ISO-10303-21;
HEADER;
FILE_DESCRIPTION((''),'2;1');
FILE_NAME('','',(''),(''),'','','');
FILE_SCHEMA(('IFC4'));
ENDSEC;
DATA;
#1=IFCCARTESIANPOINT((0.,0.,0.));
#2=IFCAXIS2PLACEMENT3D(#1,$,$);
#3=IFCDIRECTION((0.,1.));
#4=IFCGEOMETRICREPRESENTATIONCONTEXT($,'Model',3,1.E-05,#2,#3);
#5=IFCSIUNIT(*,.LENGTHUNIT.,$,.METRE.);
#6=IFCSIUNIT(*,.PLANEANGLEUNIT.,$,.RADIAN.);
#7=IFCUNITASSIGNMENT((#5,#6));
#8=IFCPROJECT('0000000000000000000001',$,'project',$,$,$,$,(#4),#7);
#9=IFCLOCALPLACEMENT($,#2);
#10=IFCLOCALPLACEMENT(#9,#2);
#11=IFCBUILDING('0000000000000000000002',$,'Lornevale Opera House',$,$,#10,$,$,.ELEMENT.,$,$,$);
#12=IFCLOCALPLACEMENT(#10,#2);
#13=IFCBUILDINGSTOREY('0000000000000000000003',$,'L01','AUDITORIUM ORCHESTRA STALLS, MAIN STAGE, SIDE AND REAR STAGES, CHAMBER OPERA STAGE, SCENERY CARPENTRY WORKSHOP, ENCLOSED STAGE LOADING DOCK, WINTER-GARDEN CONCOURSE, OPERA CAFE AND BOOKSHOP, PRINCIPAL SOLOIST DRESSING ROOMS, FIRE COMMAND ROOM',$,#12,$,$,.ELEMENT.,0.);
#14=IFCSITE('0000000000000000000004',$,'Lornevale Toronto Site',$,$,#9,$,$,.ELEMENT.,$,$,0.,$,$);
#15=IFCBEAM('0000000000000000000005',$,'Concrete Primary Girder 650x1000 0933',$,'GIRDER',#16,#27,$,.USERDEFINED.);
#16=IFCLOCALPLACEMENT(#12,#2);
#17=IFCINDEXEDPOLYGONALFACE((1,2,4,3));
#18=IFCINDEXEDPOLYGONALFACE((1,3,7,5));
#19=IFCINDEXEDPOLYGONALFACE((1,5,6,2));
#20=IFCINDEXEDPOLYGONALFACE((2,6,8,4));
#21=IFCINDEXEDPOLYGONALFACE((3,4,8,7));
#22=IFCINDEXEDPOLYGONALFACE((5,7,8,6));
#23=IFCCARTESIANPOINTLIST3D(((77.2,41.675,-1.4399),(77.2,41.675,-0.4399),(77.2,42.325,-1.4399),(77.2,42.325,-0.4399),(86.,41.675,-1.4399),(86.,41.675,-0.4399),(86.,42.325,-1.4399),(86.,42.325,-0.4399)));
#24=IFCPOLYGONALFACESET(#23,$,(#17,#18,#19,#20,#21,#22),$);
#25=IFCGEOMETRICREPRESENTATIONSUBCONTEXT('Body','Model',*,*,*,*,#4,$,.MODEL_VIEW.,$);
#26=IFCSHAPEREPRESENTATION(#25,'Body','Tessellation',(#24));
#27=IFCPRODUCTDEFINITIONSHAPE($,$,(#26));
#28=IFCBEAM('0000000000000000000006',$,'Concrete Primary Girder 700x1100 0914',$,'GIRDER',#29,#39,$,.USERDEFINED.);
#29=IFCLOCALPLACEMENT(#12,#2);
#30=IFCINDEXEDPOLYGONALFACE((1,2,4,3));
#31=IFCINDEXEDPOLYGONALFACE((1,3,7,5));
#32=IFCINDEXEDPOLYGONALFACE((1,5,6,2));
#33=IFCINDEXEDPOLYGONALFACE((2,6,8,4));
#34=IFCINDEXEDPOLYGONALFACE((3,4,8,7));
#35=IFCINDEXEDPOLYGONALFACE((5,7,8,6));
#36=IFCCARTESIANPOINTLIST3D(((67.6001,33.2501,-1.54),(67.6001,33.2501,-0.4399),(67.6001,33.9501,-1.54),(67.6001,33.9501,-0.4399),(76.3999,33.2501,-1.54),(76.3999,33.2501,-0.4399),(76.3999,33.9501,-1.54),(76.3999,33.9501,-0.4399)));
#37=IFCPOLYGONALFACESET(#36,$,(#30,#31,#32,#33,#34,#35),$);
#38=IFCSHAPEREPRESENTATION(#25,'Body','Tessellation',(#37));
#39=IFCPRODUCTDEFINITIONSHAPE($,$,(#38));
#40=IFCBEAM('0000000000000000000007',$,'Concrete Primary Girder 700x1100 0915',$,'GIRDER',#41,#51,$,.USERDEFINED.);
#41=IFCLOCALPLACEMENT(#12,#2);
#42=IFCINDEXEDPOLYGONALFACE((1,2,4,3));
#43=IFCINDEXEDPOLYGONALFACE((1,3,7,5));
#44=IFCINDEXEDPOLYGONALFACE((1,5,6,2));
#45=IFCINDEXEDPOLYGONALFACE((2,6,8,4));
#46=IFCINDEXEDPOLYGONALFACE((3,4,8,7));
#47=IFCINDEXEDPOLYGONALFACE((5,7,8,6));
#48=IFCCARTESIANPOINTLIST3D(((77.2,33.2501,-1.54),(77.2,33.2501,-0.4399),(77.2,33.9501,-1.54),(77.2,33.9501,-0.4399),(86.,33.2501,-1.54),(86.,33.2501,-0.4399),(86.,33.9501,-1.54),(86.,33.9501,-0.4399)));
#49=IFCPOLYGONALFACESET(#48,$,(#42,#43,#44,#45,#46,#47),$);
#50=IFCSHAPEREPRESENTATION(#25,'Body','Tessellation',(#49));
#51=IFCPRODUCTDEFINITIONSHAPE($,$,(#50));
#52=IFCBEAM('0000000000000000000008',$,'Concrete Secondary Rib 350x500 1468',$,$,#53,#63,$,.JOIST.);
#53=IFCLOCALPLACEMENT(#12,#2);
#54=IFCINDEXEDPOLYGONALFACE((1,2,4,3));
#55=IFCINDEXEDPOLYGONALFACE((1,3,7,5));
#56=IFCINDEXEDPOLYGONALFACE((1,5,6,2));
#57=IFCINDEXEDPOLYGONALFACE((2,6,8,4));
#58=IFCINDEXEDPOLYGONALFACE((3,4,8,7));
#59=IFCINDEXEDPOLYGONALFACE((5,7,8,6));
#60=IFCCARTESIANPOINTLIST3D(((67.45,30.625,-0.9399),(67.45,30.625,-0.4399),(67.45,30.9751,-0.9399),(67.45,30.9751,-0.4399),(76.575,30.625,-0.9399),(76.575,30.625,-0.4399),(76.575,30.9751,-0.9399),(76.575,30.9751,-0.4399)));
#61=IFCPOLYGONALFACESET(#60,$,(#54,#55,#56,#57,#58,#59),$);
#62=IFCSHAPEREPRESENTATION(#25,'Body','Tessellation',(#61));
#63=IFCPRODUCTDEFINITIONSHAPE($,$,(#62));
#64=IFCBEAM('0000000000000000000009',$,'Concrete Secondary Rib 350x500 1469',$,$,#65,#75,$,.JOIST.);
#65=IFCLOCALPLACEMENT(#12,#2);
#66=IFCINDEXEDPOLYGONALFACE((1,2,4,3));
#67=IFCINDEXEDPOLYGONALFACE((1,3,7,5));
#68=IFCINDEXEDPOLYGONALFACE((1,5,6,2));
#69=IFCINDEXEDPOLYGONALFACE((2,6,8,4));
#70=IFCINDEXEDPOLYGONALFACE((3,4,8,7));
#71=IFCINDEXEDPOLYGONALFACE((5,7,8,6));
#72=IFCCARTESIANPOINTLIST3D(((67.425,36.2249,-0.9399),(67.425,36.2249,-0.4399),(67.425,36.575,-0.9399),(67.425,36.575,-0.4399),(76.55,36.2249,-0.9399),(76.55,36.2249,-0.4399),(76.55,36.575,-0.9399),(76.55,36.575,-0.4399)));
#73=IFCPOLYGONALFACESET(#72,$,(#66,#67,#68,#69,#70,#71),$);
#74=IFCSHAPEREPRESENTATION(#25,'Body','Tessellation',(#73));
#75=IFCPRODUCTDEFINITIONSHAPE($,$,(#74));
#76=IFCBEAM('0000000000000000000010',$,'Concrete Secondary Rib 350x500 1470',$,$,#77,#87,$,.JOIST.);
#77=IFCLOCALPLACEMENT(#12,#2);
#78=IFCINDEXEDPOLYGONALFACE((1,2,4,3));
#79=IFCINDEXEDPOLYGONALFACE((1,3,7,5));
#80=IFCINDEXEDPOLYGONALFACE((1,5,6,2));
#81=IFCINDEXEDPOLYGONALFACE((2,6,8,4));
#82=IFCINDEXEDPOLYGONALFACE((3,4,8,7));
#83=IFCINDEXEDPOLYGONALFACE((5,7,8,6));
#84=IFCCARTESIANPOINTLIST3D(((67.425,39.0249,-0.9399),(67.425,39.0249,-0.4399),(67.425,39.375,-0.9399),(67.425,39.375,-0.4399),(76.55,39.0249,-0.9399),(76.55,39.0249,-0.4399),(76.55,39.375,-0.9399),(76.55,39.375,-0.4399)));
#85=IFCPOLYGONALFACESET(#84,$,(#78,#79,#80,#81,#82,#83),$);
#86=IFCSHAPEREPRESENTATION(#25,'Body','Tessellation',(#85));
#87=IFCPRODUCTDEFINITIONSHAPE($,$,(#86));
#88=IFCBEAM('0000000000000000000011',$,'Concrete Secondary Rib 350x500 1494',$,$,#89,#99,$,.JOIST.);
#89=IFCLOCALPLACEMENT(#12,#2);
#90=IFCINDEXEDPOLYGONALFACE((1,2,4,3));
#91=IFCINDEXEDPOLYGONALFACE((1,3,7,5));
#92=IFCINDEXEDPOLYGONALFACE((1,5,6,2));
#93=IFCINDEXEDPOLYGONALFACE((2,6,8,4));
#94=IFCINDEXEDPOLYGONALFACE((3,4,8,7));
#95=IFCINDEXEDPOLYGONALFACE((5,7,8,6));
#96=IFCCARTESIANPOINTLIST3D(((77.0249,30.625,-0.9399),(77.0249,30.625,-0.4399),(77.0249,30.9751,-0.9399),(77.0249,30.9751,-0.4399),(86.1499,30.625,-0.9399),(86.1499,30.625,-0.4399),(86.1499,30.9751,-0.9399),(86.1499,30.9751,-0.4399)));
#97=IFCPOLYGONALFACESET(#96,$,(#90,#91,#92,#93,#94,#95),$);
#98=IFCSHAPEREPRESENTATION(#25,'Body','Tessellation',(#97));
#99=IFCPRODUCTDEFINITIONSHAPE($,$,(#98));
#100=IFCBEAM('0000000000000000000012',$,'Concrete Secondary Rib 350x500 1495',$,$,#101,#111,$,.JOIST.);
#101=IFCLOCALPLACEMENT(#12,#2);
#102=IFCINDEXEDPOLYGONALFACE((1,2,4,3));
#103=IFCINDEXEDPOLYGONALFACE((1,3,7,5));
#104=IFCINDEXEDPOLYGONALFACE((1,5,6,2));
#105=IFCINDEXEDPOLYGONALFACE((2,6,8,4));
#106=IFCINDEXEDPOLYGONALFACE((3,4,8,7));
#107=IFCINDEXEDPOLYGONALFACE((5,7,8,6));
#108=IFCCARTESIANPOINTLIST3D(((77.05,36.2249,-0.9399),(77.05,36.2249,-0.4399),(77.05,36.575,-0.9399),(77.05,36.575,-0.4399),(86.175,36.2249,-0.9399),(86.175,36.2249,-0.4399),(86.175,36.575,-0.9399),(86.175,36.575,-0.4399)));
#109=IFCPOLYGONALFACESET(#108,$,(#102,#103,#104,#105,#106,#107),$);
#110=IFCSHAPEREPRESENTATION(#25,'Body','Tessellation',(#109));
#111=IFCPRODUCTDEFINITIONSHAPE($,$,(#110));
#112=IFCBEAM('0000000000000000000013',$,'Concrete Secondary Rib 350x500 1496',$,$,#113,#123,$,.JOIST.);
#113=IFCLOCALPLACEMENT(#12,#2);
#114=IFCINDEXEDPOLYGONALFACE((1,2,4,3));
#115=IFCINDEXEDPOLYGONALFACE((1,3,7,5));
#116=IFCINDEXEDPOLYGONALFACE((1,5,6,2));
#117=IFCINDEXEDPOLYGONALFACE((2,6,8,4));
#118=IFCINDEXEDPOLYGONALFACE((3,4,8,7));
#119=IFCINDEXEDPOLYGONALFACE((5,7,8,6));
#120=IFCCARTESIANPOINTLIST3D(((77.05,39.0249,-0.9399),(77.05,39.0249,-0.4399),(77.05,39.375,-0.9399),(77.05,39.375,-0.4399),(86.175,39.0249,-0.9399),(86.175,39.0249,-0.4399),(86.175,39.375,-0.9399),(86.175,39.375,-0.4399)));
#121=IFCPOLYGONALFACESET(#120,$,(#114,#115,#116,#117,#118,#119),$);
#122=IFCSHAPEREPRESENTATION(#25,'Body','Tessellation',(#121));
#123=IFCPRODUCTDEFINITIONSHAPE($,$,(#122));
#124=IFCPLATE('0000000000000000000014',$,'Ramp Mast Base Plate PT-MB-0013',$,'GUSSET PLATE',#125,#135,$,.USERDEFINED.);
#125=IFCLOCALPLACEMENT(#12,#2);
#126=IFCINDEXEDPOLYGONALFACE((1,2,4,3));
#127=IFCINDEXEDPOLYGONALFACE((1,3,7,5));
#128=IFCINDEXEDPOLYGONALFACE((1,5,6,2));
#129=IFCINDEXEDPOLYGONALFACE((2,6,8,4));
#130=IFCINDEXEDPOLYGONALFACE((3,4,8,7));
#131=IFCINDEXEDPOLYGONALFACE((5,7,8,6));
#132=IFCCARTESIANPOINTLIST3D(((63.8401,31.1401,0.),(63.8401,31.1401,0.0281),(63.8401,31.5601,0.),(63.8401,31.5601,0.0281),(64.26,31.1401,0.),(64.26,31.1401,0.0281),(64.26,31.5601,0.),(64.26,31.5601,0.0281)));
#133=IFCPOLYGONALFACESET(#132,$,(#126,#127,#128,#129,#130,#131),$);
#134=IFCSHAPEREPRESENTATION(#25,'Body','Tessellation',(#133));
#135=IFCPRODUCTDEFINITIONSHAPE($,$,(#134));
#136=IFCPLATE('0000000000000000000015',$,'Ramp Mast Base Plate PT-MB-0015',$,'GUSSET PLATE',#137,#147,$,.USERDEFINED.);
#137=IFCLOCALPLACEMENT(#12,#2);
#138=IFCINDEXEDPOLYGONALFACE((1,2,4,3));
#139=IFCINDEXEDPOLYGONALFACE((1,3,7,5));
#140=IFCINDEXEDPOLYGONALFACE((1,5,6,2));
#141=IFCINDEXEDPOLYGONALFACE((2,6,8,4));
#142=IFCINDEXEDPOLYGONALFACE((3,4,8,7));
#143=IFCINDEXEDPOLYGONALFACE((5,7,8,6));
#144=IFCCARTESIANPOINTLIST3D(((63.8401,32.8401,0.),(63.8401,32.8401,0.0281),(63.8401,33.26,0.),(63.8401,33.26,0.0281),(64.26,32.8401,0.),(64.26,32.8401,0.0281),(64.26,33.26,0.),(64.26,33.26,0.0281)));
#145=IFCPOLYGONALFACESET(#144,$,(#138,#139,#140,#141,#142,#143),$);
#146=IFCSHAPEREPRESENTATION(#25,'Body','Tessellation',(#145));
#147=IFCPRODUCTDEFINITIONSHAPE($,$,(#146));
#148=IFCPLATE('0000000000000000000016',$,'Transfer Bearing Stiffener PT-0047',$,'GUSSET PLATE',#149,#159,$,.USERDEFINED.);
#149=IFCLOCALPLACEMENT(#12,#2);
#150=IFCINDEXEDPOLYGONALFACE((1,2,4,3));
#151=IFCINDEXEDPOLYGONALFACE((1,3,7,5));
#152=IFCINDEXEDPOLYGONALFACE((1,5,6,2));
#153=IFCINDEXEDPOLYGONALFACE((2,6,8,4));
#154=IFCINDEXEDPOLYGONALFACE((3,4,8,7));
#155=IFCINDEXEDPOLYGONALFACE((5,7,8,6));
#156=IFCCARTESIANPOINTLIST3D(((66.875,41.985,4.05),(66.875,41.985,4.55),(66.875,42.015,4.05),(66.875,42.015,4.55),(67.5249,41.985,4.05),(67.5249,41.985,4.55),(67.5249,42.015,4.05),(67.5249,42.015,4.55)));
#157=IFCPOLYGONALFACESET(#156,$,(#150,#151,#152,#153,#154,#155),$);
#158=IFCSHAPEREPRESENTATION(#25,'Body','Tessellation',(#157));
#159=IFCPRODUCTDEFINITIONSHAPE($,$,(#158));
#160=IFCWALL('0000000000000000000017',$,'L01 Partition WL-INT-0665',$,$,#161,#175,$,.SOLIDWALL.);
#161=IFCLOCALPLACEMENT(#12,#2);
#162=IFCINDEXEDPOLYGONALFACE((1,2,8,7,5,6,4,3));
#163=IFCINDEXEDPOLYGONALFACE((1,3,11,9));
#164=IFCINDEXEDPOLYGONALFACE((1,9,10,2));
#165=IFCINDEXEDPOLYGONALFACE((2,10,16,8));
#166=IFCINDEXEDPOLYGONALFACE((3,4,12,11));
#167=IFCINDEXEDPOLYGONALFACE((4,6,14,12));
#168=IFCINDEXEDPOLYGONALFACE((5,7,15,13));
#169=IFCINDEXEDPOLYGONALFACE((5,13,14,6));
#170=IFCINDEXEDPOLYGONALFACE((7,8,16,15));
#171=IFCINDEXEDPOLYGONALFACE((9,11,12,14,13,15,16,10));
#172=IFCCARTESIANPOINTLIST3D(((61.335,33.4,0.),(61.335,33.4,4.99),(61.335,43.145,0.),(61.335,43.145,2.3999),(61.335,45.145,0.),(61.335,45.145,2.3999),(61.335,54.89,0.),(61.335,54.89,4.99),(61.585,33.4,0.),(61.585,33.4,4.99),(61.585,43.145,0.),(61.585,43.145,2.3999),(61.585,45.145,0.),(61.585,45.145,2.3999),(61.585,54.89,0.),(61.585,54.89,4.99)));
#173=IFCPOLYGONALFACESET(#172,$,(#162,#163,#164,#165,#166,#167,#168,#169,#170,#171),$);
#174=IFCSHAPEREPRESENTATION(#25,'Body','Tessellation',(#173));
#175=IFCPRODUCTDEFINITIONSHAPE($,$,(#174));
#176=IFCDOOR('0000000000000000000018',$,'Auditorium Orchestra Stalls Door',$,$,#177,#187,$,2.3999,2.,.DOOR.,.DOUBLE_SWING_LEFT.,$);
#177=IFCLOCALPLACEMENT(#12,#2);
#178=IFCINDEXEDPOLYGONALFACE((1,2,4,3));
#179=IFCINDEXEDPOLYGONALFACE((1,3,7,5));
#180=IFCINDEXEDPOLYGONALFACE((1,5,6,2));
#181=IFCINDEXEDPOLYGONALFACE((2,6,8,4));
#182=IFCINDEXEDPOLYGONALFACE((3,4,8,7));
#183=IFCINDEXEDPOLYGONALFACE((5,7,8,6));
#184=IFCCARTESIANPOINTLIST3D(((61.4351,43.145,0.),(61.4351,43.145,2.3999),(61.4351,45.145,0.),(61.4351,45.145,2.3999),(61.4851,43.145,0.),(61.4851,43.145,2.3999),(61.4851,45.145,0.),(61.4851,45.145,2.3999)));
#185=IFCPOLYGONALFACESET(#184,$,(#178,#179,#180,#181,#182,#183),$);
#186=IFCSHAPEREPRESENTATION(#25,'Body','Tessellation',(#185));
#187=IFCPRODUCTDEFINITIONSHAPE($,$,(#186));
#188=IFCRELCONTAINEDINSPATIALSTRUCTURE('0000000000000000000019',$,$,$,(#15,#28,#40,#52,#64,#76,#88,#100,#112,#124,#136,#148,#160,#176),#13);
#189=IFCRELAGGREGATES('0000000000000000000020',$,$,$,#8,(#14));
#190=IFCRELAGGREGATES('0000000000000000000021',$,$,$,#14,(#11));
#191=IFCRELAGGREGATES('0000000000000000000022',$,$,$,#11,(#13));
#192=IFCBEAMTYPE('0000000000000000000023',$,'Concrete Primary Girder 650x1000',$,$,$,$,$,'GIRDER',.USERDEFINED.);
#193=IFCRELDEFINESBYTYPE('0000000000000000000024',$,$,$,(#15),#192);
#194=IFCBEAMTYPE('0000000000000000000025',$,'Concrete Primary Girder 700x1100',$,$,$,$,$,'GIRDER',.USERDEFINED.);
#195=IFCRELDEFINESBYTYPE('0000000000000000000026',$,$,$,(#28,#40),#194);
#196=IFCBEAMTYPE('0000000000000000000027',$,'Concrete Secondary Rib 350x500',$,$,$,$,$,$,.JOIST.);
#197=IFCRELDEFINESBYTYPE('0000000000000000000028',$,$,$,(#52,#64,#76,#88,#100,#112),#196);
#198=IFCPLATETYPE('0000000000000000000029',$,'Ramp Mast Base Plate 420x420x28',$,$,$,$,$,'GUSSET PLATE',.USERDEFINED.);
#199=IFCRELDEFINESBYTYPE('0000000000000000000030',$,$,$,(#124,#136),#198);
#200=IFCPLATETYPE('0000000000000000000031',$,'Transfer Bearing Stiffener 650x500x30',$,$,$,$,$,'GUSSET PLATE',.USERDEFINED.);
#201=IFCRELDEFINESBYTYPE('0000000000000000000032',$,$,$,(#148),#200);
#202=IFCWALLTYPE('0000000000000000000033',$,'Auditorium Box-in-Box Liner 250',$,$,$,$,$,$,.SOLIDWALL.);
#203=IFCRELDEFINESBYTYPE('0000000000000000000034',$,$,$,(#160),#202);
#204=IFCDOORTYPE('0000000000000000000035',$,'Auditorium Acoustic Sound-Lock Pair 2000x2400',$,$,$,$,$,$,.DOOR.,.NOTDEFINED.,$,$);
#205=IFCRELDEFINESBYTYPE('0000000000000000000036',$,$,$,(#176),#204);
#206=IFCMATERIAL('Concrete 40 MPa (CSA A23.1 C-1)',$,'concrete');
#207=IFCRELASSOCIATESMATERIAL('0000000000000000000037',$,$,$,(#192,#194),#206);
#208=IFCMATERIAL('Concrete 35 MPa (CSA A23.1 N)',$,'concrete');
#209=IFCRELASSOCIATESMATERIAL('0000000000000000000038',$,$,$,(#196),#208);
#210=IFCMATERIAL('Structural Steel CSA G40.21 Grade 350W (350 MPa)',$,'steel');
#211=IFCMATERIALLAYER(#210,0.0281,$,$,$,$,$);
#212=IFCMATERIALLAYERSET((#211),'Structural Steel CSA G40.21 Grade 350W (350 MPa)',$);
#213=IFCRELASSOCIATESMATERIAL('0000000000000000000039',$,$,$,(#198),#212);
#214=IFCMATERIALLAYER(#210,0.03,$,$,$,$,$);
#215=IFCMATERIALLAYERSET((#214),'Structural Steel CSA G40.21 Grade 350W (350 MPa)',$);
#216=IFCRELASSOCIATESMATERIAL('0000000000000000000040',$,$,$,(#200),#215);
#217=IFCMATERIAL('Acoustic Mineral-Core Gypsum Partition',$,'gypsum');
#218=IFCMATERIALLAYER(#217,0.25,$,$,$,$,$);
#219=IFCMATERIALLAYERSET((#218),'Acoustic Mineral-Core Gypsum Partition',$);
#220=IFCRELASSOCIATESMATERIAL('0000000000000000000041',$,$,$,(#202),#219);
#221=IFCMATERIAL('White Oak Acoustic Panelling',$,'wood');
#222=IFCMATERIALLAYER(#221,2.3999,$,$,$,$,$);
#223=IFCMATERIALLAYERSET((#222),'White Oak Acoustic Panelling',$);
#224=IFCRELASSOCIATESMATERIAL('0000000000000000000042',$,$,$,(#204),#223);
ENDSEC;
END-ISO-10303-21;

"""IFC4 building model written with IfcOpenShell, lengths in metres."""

from ifc_helpers import new_model, si_unit, direction, frame, frame_2d, origin, origin_2d, place, context, subcontext, project, spatial, rectangle, extrude, material, layer, layer_set, material_profile, profile_set, type_object, element, fill, save


model = new_model("IFC4")

# Units and contexts
model_context = context("Model", 3, precision=1e-05, world=origin(), true_north=direction((0.0, 1.0)))
body_context = subcontext(model_context, "Body", "Model", "MODEL_VIEW")
ifc_project = project(units=[si_unit("LENGTHUNIT", "METRE"), si_unit("PLANEANGLEUNIT", "RADIAN")], contexts=[model_context])

# Site, building, storey
site_placement = place(None, origin())
site = spatial("IfcSite", under=ifc_project, at=site_placement, Name="Lornevale Toronto Site", CompositionType="ELEMENT", RefElevation=0.0)
building_placement = place(site_placement, origin())
building = spatial("IfcBuilding", under=site, at=building_placement, Name="Lornevale Opera House", CompositionType="ELEMENT")
storey_placement = place(building_placement, origin())
storey = spatial("IfcBuildingStorey", under=building, at=storey_placement, Name="L01", Description="AUDITORIUM ORCHESTRA STALLS, MAIN STAGE, SIDE AND REAR STAGES, CHAMBER OPERA STAGE, SCENERY CARPENTRY WORKSHOP, ENCLOSED STAGE LOADING DOCK, WINTER-GARDEN CONCOURSE, OPERA CAFE AND BOOKSHOP, PRINCIPAL SOLOIST DRESSING ROOMS, FIRE COMMAND ROOM", CompositionType="ELEMENT", Elevation=0.0)

# Shared definitions
ifc_material_1 = material(Name="Concrete 40 MPa (CSA A23.1 C-1)", Category="concrete")
ifc_material_2 = material(Name="Structural Steel CSA G40.21 Grade 350W (350 MPa)", Category="steel")

# Beams
ifc_material_3 = material(Name="Concrete 35 MPa (CSA A23.1 N)", Category="concrete")
ifc_material_profile_1 = material_profile(ifc_material_1, rectangle(XDim=0.6499, YDim=1.0, at=origin_2d()), Name="RC650x1000")
ifc_profile_set_1 = profile_set([ifc_material_profile_1], Name="Concrete 40 MPa (CSA A23.1 C-1)")
beam_type_1 = type_object("IfcBeamType", Name="Concrete Primary Girder 650x1000", ElementType="GIRDER", PredefinedType="USERDEFINED", material=ifc_profile_set_1)
beam_1_placement = place(storey_placement, frame((77.2, 42.0, -0.9399), z_axis=(1.0, 0.0, 0.0), x_axis=(0.0, 1.0, 0.0)))
element("IfcBeam", 1, at=beam_1_placement, inside=storey, type_object=beam_type_1, Name="Concrete Primary Girder 650x1000 0933", ObjectType="GIRDER", PredefinedType="USERDEFINED", context=body_context, shape_type="SweptSolid", body=[
    extrude(rectangle(XDim=0.6499, YDim=1.0, at=origin_2d()), origin(), (0.0, 0.0, 1.0), 8.8),
])
ifc_material_profile_2 = material_profile(ifc_material_1, rectangle(XDim=0.7, YDim=1.1001, at=origin_2d()), Name="RC700x1100")
ifc_profile_set_2 = profile_set([ifc_material_profile_2], Name="Concrete 40 MPa (CSA A23.1 C-1)")
beam_type_2 = type_object("IfcBeamType", Name="Concrete Primary Girder 700x1100", ElementType="GIRDER", PredefinedType="USERDEFINED", material=ifc_profile_set_2)
beam_2_placement = place(storey_placement, frame((67.6001, 33.6001, -0.99), z_axis=(1.0, 0.0, 0.0), x_axis=(0.0, 1.0, 0.0)))
element("IfcBeam", 2, at=beam_2_placement, inside=storey, type_object=beam_type_2, Name="Concrete Primary Girder 700x1100 0914", ObjectType="GIRDER", PredefinedType="USERDEFINED", context=body_context, shape_type="SweptSolid", body=[
    extrude(rectangle(XDim=0.7, YDim=1.1001, at=origin_2d()), origin(), (0.0, 0.0, 1.0), 8.7998),
])
beam_3_placement = place(storey_placement, frame((77.2, 33.6001, -0.99), z_axis=(1.0, 0.0, 0.0), x_axis=(0.0, 1.0, 0.0)))
element("IfcBeam", 3, at=beam_3_placement, inside=storey, type_object=beam_type_2, Name="Concrete Primary Girder 700x1100 0915", ObjectType="GIRDER", PredefinedType="USERDEFINED", context=body_context, shape_type="SweptSolid", body=[
    extrude(rectangle(XDim=0.7, YDim=1.1001, at=origin_2d()), origin(), (0.0, 0.0, 1.0), 8.8),
])
ifc_material_profile_3 = material_profile(ifc_material_3, rectangle(XDim=0.3501, YDim=0.5, at=origin_2d()), Name="RC350x500")
ifc_profile_set_3 = profile_set([ifc_material_profile_3], Name="Concrete 35 MPa (CSA A23.1 N)")
beam_type_3 = type_object("IfcBeamType", Name="Concrete Secondary Rib 350x500", PredefinedType="JOIST", material=ifc_profile_set_3)
for number, where, z_axis, x_axis, name in (
    (4, (67.45, 30.8, -0.6899), (1.0, 0.0, 0.0), (0.0, 1.0, 0.0), "Concrete Secondary Rib 350x500 1468"),
    (5, (67.425, 36.3999, -0.6899), (1.0, 0.0, 0.0), (0.0, 1.0, 0.0), "Concrete Secondary Rib 350x500 1469"),
    (6, (67.425, 39.2, -0.6899), (1.0, 0.0, 0.0), (0.0, 1.0, 0.0), "Concrete Secondary Rib 350x500 1470"),
    (7, (77.0249, 30.8, -0.6899), (1.0, 0.0, 0.0), (0.0, 1.0, 0.0), "Concrete Secondary Rib 350x500 1494"),
    (8, (77.05, 36.3999, -0.6899), (1.0, 0.0, 0.0), (0.0, 1.0, 0.0), "Concrete Secondary Rib 350x500 1495"),
    (9, (77.05, 39.2, -0.6899), (1.0, 0.0, 0.0), (0.0, 1.0, 0.0), "Concrete Secondary Rib 350x500 1496"),
):
    element("IfcBeam", number, at=place(storey_placement, frame(where, z_axis=z_axis, x_axis=x_axis)), inside=storey, type_object=beam_type_3, Name=name, PredefinedType="JOIST", context=body_context, shape_type="SweptSolid", body=[
        extrude(rectangle(XDim=0.3501, YDim=0.5, at=origin_2d()), origin(), (0.0, 0.0, 1.0), 9.125),
    ])

# Plates
ifc_layer_1 = layer(ifc_material_2, 0.0281)
ifc_layer_set_1 = layer_set([ifc_layer_1], Name="Structural Steel CSA G40.21 Grade 350W (350 MPa)")
plate_type_1 = type_object("IfcPlateType", Name="Ramp Mast Base Plate 420x420x28", ElementType="GUSSET PLATE", PredefinedType="USERDEFINED", material=ifc_layer_set_1)
for number, where, z_axis, x_axis, name in (
    (10, (64.05, 31.3501, 0.0), (0.0, 0.0, 1.0), (1.0, 0.0, 0.0), "Ramp Mast Base Plate PT-MB-0013"),
    (11, (64.05, 33.05, 0.0), (0.0, 0.0, 1.0), (1.0, 0.0, 0.0), "Ramp Mast Base Plate PT-MB-0015"),
):
    element("IfcPlate", number, at=place(storey_placement, frame(where, z_axis=z_axis, x_axis=x_axis)), inside=storey, type_object=plate_type_1, Name=name, ObjectType="GUSSET PLATE", PredefinedType="USERDEFINED", context=body_context, shape_type="SweptSolid", body=[
        extrude(rectangle(XDim=0.4199, YDim=0.4199, at=origin_2d()), origin(), (0.0, 0.0, 1.0), 0.0281),
    ])
ifc_layer_2 = layer(ifc_material_2, 0.03)
ifc_layer_set_2 = layer_set([ifc_layer_2], Name="Structural Steel CSA G40.21 Grade 350W (350 MPa)")
plate_type_2 = type_object("IfcPlateType", Name="Transfer Bearing Stiffener 650x500x30", ElementType="GUSSET PLATE", PredefinedType="USERDEFINED", material=ifc_layer_set_2)
plate_placement = place(storey_placement, frame((67.2, 42.0, 4.05), z_axis=(0.0, 0.0, 1.0), x_axis=(1.0, 0.0, 0.0)))
element("IfcPlate", 12, at=plate_placement, inside=storey, type_object=plate_type_2, Name="Transfer Bearing Stiffener PT-0047", ObjectType="GUSSET PLATE", PredefinedType="USERDEFINED", context=body_context, shape_type="SweptSolid", body=[
    extrude(rectangle(XDim=0.6499, YDim=0.03, at=origin_2d()), origin(), (0.0, 0.0, 1.0), 0.5),
])

# Wall, opening, door
ifc_material_4 = material(Name="Acoustic Mineral-Core Gypsum Partition", Category="gypsum")
ifc_layer_3 = layer(ifc_material_4, 0.25)
ifc_layer_set_3 = layer_set([ifc_layer_3], Name="Acoustic Mineral-Core Gypsum Partition")
wall_type_1 = type_object("IfcWallType", Name="Auditorium Box-in-Box Liner 250", PredefinedType="SOLIDWALL", material=ifc_layer_set_3)
wall_1_placement = place(storey_placement, frame((61.46, 33.3999, 0.0), z_axis=(0.0, 0.0, 1.0), x_axis=(0.0, 1.0, 0.0)))
wall_1 = element("IfcWall", 13, at=wall_1_placement, inside=storey, type_object=wall_type_1, Name="L01 Partition WL-INT-0665", PredefinedType="SOLIDWALL", context=body_context, shape_type="SweptSolid", body=[
    extrude(rectangle(XDim=21.49, YDim=0.25, at=frame_2d((10.7451, 0.0))), origin(), (0.0, 0.0, 1.0), 4.99),
])
opening_placement = place(wall_1_placement, frame((9.7451, 0.0, 0.0)))
opening = element("IfcOpeningElement", 14, at=opening_placement, cuts=wall_1, PredefinedType="OPENING", context=body_context, shape_type="SweptSolid", body=[
    extrude(rectangle(XDim=2.0, YDim=2.3999, at=frame_2d((1.0, 1.2))), frame((0.0, 0.135, 0.0), z_axis=(0.0, -1.0, 0.0), x_axis=(1.0, 0.0, 0.0)), (0.0, 0.0, 1.0), 0.27),
])
ifc_material_5 = material(Name="White Oak Acoustic Panelling", Category="wood")
ifc_layer_4 = layer(ifc_material_5, 2.3999)
ifc_layer_set_4 = layer_set([ifc_layer_4], Name="White Oak Acoustic Panelling")
door_type = type_object("IfcDoorType", Name="Auditorium Acoustic Sound-Lock Pair 2000x2400", OperationType="NOTDEFINED", PredefinedType="DOOR", material=ifc_layer_set_4)
door_placement = place(opening_placement, origin())
door = element("IfcDoor", 15, at=door_placement, inside=storey, type_object=door_type, Name="Auditorium Orchestra Stalls Door", OperationType="DOUBLE_SWING_LEFT", OverallHeight=2.3999, OverallWidth=2.0, PredefinedType="DOOR", context=body_context, shape_type="SweptSolid", body=[
    extrude(rectangle(XDim=2.0, YDim=2.3999, at=frame_2d((1.0, 1.2))), frame((0.0, 0.0249, 0.0), z_axis=(0.0, -1.0, 0.0), x_axis=(1.0, 0.0, 0.0)), (0.0, 0.0, 1.0), 0.05),
])
fill(opening, door)

save(model, "model.ifc")
